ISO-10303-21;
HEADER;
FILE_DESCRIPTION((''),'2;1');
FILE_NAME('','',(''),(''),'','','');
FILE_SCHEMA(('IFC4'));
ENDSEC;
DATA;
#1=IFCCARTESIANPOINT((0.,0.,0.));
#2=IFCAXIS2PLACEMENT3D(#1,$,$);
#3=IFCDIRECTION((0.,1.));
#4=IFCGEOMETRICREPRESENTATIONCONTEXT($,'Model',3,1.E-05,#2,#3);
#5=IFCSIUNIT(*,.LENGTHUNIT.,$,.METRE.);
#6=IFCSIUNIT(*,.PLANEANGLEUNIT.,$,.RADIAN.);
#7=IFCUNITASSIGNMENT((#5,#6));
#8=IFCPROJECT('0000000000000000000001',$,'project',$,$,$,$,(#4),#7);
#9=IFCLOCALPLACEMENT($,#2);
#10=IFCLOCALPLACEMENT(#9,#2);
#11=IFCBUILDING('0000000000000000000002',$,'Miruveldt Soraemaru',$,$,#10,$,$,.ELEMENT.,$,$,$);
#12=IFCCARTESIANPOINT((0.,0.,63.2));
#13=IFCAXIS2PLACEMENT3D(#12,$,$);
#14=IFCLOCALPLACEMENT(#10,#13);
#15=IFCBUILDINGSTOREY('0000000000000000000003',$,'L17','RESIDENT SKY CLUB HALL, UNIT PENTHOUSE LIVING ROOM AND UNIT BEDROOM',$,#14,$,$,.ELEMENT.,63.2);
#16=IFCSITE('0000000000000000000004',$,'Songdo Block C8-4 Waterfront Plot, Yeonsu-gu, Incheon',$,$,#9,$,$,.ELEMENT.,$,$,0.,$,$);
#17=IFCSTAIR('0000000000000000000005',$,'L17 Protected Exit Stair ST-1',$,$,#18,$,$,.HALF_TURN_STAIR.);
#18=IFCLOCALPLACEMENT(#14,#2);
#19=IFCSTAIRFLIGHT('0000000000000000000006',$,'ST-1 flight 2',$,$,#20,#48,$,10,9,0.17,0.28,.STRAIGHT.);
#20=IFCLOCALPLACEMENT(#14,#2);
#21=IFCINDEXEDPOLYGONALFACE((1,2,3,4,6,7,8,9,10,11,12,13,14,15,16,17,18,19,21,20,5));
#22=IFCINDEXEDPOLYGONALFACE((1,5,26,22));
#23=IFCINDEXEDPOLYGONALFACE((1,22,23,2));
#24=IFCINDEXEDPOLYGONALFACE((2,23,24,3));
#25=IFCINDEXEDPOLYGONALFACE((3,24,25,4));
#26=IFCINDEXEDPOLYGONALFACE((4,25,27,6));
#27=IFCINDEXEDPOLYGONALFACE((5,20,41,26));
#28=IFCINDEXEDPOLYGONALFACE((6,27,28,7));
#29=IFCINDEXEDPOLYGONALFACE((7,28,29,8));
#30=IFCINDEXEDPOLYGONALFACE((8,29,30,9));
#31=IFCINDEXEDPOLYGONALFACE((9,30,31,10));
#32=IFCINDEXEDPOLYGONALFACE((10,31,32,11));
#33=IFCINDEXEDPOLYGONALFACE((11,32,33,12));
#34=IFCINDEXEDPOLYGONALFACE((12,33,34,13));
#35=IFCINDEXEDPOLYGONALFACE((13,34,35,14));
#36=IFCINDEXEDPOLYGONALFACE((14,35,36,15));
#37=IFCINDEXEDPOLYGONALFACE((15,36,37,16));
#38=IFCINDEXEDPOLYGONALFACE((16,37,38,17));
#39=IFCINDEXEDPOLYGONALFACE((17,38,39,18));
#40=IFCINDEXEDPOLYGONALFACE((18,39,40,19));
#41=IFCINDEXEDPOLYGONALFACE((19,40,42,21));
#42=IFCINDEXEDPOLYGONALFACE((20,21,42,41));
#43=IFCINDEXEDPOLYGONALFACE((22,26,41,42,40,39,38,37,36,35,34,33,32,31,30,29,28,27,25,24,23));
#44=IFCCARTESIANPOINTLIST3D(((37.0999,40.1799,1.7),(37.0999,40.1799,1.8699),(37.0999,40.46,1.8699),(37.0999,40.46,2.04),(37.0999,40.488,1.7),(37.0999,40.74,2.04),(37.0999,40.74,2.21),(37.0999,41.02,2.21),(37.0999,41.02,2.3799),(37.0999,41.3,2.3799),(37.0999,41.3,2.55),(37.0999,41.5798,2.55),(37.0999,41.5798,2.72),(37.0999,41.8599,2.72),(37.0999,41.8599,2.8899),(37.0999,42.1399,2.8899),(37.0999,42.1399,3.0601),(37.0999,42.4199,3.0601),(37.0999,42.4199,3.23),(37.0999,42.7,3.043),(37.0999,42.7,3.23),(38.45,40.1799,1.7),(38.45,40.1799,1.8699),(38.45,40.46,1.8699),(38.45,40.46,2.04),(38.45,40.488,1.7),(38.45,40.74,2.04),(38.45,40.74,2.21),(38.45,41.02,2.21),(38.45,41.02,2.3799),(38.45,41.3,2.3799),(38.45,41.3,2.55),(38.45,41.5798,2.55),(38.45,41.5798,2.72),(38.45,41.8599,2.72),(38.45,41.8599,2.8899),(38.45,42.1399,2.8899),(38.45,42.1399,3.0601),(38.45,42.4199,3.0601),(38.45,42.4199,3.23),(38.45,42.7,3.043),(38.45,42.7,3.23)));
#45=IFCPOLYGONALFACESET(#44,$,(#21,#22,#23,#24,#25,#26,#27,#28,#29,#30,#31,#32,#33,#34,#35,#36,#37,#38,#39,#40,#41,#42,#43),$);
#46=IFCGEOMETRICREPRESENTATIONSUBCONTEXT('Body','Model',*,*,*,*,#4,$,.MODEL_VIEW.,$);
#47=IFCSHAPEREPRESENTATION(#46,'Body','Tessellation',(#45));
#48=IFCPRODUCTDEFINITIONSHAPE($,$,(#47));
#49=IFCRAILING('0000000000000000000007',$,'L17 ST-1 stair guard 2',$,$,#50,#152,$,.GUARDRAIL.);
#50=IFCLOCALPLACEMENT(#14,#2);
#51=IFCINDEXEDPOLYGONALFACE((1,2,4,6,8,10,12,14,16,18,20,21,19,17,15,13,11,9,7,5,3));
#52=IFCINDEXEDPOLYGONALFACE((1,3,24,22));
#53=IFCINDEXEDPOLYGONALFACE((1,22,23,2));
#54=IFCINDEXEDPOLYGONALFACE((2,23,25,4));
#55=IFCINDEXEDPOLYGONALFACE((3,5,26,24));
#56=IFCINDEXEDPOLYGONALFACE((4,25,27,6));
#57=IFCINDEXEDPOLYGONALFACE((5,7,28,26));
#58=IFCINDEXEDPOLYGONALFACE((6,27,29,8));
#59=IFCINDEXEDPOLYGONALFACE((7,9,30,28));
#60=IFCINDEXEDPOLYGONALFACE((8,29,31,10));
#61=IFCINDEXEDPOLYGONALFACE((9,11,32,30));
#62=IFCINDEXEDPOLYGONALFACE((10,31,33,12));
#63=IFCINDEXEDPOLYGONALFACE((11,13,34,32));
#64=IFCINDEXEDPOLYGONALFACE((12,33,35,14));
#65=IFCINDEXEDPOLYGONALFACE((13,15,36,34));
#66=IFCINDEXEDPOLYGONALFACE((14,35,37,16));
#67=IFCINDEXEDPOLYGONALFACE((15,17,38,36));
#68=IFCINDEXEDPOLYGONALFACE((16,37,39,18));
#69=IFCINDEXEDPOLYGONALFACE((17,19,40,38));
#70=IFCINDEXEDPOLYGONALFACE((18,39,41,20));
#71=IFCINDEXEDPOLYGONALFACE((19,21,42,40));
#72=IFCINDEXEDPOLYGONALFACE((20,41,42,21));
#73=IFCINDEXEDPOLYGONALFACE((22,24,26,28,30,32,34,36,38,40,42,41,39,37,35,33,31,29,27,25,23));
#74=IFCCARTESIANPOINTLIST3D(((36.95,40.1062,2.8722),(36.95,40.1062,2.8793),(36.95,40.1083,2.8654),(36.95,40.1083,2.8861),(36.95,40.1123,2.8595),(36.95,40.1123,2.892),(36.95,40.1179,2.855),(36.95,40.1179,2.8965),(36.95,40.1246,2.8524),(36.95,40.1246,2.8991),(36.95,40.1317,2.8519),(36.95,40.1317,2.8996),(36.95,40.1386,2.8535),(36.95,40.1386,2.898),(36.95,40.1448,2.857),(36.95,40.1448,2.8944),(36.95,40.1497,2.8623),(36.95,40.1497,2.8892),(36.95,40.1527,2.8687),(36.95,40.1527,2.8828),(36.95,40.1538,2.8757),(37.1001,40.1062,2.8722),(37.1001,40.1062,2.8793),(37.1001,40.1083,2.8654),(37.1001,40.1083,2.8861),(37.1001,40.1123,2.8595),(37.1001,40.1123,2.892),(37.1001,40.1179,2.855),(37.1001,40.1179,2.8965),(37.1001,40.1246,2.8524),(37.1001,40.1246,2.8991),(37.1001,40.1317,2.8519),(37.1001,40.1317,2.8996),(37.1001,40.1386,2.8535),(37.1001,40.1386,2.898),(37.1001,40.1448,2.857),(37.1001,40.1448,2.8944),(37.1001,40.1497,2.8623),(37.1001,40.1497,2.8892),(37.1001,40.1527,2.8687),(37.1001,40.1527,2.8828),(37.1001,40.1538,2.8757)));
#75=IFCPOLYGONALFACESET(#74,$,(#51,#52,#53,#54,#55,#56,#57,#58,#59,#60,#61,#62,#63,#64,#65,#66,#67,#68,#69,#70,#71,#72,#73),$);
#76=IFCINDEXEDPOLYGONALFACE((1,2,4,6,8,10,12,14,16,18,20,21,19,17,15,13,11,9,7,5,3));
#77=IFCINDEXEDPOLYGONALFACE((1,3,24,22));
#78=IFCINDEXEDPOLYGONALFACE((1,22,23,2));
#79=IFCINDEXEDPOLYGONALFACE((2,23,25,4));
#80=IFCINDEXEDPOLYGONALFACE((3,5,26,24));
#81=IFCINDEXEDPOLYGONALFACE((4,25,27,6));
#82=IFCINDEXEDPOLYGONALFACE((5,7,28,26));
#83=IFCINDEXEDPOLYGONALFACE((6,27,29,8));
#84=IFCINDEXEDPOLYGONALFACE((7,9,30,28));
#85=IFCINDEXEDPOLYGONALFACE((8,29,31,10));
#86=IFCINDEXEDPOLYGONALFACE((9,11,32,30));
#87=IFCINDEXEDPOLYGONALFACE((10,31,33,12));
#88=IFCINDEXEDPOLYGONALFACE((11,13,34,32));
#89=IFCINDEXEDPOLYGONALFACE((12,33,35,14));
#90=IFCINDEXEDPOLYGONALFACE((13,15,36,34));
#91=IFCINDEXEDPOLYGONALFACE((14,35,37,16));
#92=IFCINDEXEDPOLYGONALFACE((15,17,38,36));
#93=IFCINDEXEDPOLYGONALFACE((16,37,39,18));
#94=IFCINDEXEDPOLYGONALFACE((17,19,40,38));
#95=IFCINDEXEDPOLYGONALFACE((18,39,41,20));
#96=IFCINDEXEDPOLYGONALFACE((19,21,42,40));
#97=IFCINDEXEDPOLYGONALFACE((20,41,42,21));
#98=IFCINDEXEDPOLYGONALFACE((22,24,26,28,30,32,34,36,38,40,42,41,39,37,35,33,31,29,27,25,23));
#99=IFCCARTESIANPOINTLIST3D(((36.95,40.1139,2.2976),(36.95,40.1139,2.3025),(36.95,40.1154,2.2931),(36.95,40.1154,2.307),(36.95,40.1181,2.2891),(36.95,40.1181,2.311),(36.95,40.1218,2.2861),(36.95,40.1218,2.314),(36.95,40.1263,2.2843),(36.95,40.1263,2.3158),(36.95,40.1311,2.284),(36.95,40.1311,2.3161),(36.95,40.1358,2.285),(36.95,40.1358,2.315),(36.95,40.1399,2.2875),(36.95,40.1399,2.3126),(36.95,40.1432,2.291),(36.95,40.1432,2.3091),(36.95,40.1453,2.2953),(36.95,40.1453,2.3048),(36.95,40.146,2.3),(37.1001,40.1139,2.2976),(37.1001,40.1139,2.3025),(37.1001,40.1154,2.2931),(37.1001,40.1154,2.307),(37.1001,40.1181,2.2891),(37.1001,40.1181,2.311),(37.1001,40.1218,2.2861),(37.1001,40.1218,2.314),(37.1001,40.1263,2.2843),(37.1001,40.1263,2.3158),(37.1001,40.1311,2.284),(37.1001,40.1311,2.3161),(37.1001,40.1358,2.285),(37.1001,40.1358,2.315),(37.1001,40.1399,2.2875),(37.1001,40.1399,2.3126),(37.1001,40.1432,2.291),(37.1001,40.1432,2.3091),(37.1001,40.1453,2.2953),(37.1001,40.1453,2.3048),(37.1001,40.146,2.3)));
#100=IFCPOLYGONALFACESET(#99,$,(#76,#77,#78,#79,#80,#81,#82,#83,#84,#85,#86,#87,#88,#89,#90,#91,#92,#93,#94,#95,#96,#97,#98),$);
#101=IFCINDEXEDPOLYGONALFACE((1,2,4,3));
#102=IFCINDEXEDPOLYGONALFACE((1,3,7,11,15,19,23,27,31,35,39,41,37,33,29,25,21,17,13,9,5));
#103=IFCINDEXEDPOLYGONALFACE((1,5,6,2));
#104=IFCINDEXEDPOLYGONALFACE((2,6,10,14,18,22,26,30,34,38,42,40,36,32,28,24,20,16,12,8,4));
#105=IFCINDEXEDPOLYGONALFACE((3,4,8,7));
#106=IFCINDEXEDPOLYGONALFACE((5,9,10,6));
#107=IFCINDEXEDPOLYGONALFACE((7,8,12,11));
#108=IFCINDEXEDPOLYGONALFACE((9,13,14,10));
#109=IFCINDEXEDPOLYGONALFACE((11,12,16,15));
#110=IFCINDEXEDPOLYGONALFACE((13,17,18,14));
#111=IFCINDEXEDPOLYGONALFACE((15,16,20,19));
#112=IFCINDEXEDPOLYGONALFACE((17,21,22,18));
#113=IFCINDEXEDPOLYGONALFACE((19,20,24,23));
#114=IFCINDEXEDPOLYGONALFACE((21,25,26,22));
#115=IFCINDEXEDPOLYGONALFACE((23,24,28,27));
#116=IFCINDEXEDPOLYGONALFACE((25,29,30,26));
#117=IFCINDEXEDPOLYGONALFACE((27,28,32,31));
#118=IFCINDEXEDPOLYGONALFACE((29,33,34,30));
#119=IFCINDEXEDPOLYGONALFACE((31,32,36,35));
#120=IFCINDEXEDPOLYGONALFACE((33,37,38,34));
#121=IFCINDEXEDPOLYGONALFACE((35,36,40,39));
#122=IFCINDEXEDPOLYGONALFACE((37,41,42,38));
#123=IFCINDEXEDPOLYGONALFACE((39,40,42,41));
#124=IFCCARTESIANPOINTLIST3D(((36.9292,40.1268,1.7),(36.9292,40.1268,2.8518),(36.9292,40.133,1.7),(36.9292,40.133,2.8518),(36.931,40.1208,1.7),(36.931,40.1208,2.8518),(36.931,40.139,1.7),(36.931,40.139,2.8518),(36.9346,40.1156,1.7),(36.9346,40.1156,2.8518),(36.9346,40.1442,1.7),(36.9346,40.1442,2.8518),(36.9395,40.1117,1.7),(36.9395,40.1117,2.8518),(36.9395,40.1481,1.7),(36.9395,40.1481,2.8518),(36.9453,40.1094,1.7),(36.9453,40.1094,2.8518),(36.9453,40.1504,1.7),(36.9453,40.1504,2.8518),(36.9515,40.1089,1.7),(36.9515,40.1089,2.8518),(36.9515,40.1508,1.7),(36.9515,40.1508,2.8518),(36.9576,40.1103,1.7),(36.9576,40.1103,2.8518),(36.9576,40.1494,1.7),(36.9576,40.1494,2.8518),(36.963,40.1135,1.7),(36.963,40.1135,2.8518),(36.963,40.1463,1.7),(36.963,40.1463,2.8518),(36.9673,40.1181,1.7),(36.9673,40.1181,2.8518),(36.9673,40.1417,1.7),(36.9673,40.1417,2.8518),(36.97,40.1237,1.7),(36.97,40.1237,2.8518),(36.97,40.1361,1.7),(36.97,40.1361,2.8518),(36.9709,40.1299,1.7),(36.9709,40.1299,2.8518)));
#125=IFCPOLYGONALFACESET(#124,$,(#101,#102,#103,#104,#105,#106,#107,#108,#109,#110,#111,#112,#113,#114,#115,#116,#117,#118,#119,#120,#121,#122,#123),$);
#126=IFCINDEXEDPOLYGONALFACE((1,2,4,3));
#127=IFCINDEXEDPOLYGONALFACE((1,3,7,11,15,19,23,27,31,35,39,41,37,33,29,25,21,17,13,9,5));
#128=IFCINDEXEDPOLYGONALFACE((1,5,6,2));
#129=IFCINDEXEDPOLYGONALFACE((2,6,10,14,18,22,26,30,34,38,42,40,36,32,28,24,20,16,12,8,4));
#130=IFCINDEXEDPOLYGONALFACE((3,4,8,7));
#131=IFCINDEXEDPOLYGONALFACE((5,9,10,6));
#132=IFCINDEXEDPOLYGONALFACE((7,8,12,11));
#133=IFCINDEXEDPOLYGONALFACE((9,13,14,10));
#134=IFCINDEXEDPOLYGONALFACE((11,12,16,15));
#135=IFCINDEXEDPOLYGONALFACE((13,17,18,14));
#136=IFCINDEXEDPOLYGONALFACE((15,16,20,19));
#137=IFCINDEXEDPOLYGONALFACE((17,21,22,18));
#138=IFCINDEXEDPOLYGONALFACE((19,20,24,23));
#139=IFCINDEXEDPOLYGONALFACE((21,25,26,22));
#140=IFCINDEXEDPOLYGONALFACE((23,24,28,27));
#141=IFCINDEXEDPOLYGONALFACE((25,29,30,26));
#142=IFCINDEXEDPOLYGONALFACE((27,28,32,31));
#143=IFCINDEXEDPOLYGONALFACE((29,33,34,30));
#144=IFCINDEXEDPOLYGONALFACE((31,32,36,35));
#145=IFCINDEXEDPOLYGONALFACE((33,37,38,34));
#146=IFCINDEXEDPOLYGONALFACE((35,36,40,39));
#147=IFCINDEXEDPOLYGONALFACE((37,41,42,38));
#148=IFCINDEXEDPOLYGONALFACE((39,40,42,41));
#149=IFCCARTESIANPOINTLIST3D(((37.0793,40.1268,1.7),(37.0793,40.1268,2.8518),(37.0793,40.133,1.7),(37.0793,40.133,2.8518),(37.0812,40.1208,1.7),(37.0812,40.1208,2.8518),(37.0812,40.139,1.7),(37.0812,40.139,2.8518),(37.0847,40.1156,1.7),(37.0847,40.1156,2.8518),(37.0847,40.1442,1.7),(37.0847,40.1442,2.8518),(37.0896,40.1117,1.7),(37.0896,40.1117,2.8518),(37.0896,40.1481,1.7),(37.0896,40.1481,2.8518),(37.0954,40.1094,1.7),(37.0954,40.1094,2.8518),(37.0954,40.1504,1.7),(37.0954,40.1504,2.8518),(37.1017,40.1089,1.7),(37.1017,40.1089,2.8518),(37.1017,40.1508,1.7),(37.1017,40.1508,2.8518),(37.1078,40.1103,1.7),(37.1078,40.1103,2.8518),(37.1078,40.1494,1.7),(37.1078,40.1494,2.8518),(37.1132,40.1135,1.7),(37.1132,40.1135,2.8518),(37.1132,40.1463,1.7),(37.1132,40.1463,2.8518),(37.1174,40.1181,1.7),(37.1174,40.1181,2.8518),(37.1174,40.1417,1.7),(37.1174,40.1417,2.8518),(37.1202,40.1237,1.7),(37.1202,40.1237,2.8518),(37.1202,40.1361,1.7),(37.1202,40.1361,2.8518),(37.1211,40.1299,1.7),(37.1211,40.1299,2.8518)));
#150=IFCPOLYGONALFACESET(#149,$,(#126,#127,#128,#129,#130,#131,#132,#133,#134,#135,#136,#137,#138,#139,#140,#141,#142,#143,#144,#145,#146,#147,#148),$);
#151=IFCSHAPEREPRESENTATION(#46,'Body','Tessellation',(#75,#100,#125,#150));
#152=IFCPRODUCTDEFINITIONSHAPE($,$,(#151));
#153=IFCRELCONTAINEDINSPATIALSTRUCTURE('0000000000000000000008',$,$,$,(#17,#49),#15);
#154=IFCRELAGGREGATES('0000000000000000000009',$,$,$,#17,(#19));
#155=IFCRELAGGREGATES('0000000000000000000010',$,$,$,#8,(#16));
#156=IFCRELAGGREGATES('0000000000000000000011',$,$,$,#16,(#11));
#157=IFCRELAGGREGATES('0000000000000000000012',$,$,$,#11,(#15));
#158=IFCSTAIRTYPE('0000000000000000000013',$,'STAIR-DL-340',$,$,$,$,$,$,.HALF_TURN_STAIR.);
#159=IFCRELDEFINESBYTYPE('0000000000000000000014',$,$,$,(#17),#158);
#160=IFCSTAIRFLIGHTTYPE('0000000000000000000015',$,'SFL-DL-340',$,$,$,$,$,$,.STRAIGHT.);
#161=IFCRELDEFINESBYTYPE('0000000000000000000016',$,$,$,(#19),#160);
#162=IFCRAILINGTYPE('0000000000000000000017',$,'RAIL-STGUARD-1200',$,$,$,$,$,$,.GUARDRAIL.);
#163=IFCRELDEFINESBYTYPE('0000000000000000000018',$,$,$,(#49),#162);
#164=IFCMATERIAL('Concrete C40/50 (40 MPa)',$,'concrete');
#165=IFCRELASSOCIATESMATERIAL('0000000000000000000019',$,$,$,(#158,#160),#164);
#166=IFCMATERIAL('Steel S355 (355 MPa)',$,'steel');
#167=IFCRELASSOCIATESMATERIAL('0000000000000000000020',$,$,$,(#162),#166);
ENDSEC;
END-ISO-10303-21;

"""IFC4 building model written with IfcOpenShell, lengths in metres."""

from ifc_helpers import new_model, si_unit, direction, frame, origin, origin_2d, place, context, subcontext, project, spatial, polyline, circle, outline, extrude, material, type_object, element, aggregate, save


model = new_model("IFC4")

# Units and contexts
model_context = context("Model", 3, precision=1e-05, world=origin(), true_north=direction((0.0, 1.0)))
body_context = subcontext(model_context, "Body", "Model", "MODEL_VIEW")
ifc_project = project(units=[si_unit("LENGTHUNIT", "METRE"), si_unit("PLANEANGLEUNIT", "RADIAN")], contexts=[model_context])

# Site, building, storey
site_placement = place(None, origin())
site = spatial("IfcSite", under=ifc_project, at=site_placement, Name="Songdo Block C8-4 Waterfront Plot, Yeonsu-gu, Incheon", CompositionType="ELEMENT", RefElevation=0.0)
building_placement = place(site_placement, origin())
building = spatial("IfcBuilding", under=site, at=building_placement, Name="Miruveldt Soraemaru", CompositionType="ELEMENT")
storey_placement = place(building_placement, frame((0.0, 0.0, 63.2)))
storey = spatial("IfcBuildingStorey", under=building, at=storey_placement, Name="L17", Description="RESIDENT SKY CLUB HALL, UNIT PENTHOUSE LIVING ROOM AND UNIT BEDROOM", CompositionType="ELEMENT", Elevation=63.2)

# Shared definitions
ifc_material_1 = material(Name="Concrete C40/50 (40 MPa)", Category="concrete")

# Stair, stair flight
stair_type = type_object("IfcStairType", Name="STAIR-DL-340", PredefinedType="HALF_TURN_STAIR", material=ifc_material_1)
stair_placement = place(storey_placement, origin())
stair = element("IfcStair", 1, at=stair_placement, inside=storey, type_object=stair_type, Name="L17 Protected Exit Stair ST-1", PredefinedType="HALF_TURN_STAIR")
stair_flight_type = type_object("IfcStairFlightType", Name="SFL-DL-340", PredefinedType="STRAIGHT", material=ifc_material_1)
stair_flight_placement = place(storey_placement, frame((37.7749, 40.1799, 1.7), z_axis=(0.0, 0.0, 1.0), x_axis=(0.0, 1.0, 0.0)))
stair_flight = element("IfcStairFlight", 2, at=stair_flight_placement, type_object=stair_flight_type, Name="ST-1 flight 2", NumberOfRisers=10, NumberOfTreads=9, PredefinedType="STRAIGHT", RiserHeight=0.17, TreadLength=0.28, context=body_context, shape_type="SweptSolid", body=[
    extrude(outline(polyline([(0.0, 0.0), (0.0, 0.1699), (0.28, 0.1699), (0.28, 0.3401), (0.5601, 0.3401), (0.5601, 0.51), (0.8401, 0.51), (0.8401, 0.6799), (1.1201, 0.6799), (1.1201, 0.8501), (1.3999, 0.8501), (1.3999, 1.02), (1.6799, 1.02), (1.6799, 1.1899), (1.96, 1.1899), (1.96, 1.3601), (2.24, 1.3601), (2.24, 1.53), (2.52, 1.53), (2.52, 1.7), (2.52, 1.343), (0.3081, 0.0), (0.0, 0.0)])), frame((0.0, 0.675, 0.0), z_axis=(0.0, -1.0, 0.0), x_axis=(1.0, 0.0, 0.0)), (0.0, 0.0, 1.0), 1.3501),
])
aggregate(stair, [stair_flight])

# Railing
ifc_material_2 = material(Name="Steel S355 (355 MPa)", Category="steel")
railing_type_1 = type_object("IfcRailingType", Name="RAIL-STGUARD-1200", PredefinedType="GUARDRAIL", material=ifc_material_2)
railing_1_placement = place(storey_placement, frame((36.95, 40.1299, 1.7)))
element("IfcRailing", 3, at=railing_1_placement, inside=storey, type_object=railing_type_1, Name="L17 ST-1 stair guard 2", PredefinedType="GUARDRAIL", context=body_context, shape_type="SweptSolid", body=[
    extrude(circle(Radius=0.0239, at=origin_2d()), frame((0.0, 0.0, 1.1758), z_axis=(1.0, 0.0, 0.0), x_axis=(0.0, 1.0, 0.0)), (0.0, 0.0, 1.0), 0.1501),
    extrude(circle(Radius=0.0161, at=origin_2d()), frame((0.0, 0.0, 0.6001), z_axis=(1.0, 0.0, 0.0), x_axis=(0.0, 1.0, 0.0)), (0.0, 0.0, 1.0), 0.1501),
    extrude(circle(Radius=0.021, at=origin_2d()), origin(), (0.0, 0.0, 1.0), 1.1519),
    extrude(circle(Radius=0.021, at=origin_2d()), frame((0.1501, 0.0, 0.0)), (0.0, 0.0, 1.0), 1.1519),
])

save(model, "model.ifc")
